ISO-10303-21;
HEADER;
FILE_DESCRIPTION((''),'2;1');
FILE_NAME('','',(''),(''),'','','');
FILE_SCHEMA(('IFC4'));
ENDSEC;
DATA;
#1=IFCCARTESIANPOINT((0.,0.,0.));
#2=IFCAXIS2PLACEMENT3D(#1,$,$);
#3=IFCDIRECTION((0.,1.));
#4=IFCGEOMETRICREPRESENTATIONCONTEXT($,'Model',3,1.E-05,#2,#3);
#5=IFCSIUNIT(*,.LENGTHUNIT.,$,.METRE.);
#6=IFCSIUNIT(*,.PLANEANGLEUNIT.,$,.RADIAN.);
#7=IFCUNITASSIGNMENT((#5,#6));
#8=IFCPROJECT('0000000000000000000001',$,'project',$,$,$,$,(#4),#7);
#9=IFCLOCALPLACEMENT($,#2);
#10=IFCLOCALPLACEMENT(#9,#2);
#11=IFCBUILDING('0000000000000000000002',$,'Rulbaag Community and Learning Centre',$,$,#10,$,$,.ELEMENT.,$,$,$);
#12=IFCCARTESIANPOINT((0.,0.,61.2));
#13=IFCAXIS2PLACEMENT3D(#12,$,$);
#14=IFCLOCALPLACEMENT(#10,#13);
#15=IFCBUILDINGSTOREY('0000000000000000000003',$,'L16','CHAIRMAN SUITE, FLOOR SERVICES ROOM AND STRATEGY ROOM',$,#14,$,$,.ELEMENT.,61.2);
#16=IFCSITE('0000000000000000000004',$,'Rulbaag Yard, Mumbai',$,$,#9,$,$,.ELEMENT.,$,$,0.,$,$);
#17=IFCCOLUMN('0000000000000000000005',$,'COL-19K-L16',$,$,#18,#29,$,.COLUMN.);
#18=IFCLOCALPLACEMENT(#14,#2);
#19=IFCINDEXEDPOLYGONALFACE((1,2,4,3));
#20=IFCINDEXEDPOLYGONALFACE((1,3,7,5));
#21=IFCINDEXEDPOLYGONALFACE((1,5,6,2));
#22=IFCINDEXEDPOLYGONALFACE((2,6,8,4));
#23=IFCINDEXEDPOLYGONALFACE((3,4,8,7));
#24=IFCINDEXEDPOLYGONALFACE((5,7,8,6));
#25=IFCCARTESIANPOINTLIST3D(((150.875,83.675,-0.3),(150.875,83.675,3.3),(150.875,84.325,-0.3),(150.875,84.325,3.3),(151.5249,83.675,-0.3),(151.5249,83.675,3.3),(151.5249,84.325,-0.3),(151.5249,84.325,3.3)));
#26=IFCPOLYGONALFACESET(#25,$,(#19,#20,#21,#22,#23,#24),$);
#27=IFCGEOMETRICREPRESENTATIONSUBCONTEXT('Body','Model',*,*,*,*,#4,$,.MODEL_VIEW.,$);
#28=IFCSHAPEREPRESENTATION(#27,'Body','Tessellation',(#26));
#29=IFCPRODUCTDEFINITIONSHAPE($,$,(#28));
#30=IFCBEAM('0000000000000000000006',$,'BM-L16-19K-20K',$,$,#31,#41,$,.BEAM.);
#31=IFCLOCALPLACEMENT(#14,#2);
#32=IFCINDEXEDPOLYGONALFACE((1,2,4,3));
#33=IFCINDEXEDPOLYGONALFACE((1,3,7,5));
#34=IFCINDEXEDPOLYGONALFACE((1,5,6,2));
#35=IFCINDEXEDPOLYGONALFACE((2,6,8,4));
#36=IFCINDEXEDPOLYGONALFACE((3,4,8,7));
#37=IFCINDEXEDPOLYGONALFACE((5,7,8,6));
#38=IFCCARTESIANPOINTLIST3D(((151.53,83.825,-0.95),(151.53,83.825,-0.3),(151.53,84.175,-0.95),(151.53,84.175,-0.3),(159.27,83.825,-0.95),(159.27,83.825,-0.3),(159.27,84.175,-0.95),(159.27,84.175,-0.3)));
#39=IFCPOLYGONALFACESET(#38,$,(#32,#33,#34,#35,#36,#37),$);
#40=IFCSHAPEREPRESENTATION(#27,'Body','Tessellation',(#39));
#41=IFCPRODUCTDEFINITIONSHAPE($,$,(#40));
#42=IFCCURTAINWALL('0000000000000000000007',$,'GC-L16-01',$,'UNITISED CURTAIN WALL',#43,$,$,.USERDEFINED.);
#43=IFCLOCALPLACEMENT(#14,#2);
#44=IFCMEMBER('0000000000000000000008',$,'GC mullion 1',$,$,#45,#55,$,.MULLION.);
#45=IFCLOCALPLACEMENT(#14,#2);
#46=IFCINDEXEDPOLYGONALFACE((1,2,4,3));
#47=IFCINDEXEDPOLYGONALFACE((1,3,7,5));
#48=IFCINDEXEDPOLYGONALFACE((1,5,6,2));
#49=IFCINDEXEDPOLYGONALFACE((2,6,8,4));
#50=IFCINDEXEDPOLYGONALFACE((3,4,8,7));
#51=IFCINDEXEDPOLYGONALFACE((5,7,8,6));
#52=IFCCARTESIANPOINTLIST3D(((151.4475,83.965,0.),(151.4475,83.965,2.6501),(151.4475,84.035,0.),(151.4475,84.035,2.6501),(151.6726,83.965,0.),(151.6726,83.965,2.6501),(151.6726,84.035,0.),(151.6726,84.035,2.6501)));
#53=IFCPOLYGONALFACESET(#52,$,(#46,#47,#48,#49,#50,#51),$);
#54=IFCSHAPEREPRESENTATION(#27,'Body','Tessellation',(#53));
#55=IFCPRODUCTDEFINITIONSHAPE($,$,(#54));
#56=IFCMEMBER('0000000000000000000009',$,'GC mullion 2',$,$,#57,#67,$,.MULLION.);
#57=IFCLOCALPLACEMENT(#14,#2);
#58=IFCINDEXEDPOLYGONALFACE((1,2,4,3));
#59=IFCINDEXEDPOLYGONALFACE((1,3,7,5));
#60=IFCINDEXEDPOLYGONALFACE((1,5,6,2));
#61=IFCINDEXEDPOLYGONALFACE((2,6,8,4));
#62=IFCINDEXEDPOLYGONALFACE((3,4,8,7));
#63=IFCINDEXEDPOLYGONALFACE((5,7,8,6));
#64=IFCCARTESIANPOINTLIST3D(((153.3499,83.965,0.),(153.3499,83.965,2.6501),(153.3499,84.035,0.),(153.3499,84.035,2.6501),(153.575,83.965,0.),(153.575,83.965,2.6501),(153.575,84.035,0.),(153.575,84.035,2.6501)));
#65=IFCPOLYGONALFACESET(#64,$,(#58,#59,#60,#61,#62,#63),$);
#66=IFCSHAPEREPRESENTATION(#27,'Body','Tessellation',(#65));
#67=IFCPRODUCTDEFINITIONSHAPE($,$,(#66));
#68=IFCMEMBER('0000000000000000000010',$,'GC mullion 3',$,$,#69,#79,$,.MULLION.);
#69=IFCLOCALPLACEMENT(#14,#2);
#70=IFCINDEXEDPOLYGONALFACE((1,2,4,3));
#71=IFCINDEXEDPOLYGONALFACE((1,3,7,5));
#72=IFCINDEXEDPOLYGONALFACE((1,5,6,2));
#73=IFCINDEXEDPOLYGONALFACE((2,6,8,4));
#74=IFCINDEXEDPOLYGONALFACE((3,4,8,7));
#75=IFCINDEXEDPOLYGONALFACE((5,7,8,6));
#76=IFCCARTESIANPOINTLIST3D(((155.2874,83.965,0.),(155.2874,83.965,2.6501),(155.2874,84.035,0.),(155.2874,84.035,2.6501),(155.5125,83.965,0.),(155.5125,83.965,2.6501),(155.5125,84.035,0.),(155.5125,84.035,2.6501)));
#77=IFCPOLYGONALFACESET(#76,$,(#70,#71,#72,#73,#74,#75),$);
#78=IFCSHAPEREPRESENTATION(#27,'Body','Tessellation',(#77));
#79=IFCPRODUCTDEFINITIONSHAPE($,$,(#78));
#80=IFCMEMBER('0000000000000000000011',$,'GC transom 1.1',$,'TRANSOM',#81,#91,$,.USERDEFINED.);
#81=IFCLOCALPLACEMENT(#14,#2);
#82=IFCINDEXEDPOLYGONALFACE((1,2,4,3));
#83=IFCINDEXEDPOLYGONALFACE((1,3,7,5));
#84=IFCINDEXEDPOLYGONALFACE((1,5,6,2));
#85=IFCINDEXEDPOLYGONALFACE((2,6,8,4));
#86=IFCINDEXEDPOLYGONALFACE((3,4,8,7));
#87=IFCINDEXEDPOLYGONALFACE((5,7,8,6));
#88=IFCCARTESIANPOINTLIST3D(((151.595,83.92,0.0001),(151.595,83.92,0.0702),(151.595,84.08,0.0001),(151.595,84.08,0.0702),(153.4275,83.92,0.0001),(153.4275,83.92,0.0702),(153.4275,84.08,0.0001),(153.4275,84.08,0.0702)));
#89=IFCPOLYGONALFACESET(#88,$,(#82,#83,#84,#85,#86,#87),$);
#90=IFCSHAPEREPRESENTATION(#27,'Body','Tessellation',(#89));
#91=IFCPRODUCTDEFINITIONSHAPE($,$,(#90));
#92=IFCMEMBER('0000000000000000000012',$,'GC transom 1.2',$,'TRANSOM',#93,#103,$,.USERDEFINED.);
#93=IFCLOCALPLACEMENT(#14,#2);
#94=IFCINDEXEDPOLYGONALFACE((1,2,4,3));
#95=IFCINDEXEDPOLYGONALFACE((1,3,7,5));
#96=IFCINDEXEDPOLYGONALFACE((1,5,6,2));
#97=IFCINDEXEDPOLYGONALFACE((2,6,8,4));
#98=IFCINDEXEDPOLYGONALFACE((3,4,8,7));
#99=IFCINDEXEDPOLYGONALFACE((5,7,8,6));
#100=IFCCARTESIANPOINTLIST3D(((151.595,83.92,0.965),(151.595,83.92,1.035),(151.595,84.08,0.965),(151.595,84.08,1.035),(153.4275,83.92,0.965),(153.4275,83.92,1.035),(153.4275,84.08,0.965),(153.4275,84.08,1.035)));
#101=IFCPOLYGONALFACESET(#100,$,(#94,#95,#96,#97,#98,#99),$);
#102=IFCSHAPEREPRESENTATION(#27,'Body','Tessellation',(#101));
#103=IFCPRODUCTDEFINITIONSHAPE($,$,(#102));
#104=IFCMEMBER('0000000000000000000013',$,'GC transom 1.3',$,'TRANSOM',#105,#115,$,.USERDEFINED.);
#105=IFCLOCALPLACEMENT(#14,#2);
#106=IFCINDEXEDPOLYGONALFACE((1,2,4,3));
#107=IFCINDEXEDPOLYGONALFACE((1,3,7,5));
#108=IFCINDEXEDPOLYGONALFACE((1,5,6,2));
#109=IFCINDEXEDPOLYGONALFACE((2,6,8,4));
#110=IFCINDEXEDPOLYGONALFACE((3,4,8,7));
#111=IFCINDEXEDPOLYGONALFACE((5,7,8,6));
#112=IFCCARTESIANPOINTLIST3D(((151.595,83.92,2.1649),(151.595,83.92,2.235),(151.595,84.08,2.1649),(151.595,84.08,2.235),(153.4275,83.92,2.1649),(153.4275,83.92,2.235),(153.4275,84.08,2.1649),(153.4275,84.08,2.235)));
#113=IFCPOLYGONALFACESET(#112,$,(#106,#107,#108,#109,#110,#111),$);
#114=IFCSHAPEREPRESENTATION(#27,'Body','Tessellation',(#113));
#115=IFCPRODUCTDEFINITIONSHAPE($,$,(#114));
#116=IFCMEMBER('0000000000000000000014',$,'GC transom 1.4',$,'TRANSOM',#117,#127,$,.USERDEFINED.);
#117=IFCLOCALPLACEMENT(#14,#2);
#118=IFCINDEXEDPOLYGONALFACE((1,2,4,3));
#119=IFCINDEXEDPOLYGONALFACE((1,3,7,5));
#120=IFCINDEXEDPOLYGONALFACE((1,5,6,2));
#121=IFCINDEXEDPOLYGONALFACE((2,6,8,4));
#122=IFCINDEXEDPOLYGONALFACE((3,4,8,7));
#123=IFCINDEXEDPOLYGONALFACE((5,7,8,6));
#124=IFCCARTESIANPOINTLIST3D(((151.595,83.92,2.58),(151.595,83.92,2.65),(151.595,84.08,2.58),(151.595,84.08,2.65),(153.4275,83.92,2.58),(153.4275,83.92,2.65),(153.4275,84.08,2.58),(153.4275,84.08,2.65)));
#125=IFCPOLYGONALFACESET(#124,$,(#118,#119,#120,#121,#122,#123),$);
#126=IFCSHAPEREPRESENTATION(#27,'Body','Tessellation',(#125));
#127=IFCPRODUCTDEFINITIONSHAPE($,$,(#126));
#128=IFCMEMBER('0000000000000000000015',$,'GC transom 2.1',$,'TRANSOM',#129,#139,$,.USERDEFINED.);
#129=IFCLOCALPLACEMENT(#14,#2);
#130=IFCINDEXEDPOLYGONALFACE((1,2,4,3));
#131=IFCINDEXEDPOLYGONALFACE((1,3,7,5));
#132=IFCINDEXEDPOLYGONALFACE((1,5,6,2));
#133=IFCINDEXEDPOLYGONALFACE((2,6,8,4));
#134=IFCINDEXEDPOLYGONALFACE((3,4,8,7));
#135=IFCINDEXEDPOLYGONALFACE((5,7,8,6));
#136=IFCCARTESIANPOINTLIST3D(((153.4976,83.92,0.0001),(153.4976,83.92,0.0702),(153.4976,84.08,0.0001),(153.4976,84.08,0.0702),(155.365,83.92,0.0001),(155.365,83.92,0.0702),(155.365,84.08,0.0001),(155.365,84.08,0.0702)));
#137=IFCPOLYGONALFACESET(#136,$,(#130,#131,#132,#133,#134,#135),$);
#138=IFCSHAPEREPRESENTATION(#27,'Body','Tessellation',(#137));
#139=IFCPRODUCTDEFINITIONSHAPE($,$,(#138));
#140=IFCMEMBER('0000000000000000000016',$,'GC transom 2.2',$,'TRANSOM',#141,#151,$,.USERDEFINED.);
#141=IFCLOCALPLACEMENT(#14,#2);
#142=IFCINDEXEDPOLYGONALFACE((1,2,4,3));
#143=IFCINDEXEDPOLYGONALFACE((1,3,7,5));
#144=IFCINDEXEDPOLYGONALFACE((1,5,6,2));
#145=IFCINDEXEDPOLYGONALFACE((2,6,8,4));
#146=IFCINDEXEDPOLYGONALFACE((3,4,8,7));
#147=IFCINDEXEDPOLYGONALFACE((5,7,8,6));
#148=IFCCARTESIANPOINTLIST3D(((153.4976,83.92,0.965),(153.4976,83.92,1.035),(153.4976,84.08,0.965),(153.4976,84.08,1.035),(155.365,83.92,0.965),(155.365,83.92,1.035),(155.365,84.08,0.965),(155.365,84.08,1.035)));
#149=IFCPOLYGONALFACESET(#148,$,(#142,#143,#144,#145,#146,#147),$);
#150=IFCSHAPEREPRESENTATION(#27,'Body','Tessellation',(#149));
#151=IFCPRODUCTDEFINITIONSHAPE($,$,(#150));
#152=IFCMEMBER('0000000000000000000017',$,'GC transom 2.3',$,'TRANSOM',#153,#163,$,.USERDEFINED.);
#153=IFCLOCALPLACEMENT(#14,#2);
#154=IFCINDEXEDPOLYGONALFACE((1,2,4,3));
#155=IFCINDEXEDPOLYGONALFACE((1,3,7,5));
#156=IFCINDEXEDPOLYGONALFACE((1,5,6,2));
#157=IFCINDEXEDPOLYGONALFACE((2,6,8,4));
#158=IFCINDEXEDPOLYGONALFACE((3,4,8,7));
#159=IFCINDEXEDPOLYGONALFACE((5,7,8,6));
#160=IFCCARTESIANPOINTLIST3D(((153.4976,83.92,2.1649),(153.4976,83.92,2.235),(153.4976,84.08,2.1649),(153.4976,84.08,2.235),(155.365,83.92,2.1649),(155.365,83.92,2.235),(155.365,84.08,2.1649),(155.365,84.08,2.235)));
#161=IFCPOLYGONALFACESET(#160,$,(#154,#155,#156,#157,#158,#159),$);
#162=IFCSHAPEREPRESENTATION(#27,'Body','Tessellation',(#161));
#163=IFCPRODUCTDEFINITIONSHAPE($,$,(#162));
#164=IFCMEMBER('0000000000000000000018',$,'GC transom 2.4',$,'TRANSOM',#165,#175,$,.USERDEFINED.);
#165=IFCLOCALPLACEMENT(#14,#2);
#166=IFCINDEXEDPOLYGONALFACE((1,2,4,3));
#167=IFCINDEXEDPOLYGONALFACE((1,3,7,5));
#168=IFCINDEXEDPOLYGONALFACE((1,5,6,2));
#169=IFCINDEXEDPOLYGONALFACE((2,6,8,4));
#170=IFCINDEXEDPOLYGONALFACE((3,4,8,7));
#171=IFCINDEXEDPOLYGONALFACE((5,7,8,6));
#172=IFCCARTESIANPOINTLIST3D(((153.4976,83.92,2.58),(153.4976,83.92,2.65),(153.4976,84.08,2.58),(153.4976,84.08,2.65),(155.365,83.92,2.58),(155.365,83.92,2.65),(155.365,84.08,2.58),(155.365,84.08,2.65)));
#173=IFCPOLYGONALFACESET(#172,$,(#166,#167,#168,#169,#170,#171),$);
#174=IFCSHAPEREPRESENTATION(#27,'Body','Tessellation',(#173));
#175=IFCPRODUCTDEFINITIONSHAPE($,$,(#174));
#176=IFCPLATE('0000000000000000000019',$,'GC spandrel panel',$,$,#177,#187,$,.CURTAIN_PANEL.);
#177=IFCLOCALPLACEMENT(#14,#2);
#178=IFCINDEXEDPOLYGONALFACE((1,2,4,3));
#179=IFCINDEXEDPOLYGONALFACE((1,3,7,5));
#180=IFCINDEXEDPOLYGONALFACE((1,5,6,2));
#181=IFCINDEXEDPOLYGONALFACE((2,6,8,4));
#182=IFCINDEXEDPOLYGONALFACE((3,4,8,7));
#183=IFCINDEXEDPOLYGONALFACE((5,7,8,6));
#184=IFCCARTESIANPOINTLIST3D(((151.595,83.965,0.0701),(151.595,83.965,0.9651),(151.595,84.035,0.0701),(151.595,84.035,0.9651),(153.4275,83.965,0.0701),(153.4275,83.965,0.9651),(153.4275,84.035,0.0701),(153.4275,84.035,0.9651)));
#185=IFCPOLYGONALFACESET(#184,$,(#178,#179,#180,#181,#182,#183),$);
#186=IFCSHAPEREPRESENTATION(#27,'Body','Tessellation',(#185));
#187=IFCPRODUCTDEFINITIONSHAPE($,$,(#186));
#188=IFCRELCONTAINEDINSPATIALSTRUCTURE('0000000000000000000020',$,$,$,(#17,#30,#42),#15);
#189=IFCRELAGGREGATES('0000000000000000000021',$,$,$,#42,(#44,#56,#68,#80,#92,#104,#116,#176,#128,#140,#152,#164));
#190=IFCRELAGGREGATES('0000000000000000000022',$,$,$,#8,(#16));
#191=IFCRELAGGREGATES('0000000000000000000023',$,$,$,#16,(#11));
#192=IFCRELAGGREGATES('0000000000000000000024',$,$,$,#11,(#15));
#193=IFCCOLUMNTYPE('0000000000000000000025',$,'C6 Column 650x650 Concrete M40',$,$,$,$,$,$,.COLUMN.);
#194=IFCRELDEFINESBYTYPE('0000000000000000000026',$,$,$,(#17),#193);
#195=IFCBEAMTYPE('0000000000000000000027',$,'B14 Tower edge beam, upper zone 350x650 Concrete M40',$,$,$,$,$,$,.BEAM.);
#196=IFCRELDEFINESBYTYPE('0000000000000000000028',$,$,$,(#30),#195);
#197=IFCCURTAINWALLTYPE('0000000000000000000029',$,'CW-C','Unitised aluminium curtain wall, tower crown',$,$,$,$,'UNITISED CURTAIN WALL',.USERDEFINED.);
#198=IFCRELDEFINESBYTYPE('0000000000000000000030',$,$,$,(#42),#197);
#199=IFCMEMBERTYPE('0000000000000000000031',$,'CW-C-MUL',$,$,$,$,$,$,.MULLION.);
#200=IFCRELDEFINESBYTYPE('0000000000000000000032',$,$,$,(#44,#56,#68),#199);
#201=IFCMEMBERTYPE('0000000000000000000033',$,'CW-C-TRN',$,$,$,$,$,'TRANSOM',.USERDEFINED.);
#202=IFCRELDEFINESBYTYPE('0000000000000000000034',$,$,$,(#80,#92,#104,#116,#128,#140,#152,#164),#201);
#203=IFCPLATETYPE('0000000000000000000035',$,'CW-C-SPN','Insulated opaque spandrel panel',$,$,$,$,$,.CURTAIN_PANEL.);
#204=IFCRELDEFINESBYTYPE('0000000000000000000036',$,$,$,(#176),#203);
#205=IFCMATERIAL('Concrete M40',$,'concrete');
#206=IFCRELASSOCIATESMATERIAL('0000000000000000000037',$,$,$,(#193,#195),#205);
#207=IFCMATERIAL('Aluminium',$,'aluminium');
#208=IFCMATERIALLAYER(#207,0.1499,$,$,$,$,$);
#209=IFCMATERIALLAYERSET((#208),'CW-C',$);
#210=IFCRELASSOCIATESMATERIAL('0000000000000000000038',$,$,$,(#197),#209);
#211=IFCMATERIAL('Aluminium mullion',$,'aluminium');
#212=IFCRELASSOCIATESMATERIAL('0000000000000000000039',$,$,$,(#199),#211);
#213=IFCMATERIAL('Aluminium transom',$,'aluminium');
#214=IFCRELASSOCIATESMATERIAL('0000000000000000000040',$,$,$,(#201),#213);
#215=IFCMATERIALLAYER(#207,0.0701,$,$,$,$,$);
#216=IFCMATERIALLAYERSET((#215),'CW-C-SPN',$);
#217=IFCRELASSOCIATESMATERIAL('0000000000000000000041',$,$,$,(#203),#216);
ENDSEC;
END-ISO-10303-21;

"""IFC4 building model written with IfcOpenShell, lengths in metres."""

from ifc_helpers import new_model, si_unit, direction, frame, origin, origin_2d, place, context, subcontext, project, spatial, rectangle, extrude, material, layer, layer_set, material_profile, profile_set, type_object, element, aggregate, save


model = new_model("IFC4")

# Units and contexts
model_context = context("Model", 3, precision=1e-05, world=origin(), true_north=direction((0.0, 1.0)))
body_context = subcontext(model_context, "Body", "Model", "MODEL_VIEW")
ifc_project = project(units=[si_unit("LENGTHUNIT", "METRE"), si_unit("PLANEANGLEUNIT", "RADIAN")], contexts=[model_context])

# Site, building, storey
site_placement = place(None, origin())
site = spatial("IfcSite", under=ifc_project, at=site_placement, Name="Rulbaag Yard, Mumbai", CompositionType="ELEMENT", RefElevation=0.0)
building_placement = place(site_placement, origin())
building = spatial("IfcBuilding", under=site, at=building_placement, Name="Rulbaag Community and Learning Centre", CompositionType="ELEMENT")
storey_placement = place(building_placement, frame((0.0, 0.0, 61.2)))
storey = spatial("IfcBuildingStorey", under=building, at=storey_placement, Name="L16", Description="CHAIRMAN SUITE, FLOOR SERVICES ROOM AND STRATEGY ROOM", CompositionType="ELEMENT", Elevation=61.2)

# Column
ifc_material_1 = material(Name="Concrete M40", Category="concrete")
ifc_material_profile_1 = material_profile(ifc_material_1, rectangle(XDim=0.6499, YDim=0.6499, at=origin_2d()), Name="RC650x650")
ifc_profile_set_1 = profile_set([ifc_material_profile_1], Name="Concrete M40")
column_type = type_object("IfcColumnType", Name="C6 Column 650x650 Concrete M40", PredefinedType="COLUMN", material=ifc_profile_set_1)
column_placement = place(storey_placement, frame((151.2, 84.0, -0.3), z_axis=(0.0, 0.0, 1.0), x_axis=(1.0, 0.0, 0.0)))
element("IfcColumn", 1, at=column_placement, inside=storey, type_object=column_type, Name="COL-19K-L16", PredefinedType="COLUMN", context=body_context, shape_type="SweptSolid", body=[
    extrude(rectangle(XDim=0.6499, YDim=0.6499, at=origin_2d()), origin(), (0.0, 0.0, 1.0), 3.6001),
])

# Beam
ifc_material_profile_2 = material_profile(ifc_material_1, rectangle(XDim=0.3501, YDim=0.6499, at=origin_2d()), Name="RB350x650")
ifc_profile_set_2 = profile_set([ifc_material_profile_2], Name="Concrete M40")
beam_type = type_object("IfcBeamType", Name="B14 Tower edge beam, upper zone 350x650 Concrete M40", PredefinedType="BEAM", material=ifc_profile_set_2)
beam_placement = place(storey_placement, frame((151.53, 84.0, -0.625), z_axis=(1.0, 0.0, 0.0), x_axis=(0.0, 1.0, 0.0)))
element("IfcBeam", 2, at=beam_placement, inside=storey, type_object=beam_type, Name="BM-L16-19K-20K", PredefinedType="BEAM", context=body_context, shape_type="SweptSolid", body=[
    extrude(rectangle(XDim=0.3501, YDim=0.6499, at=origin_2d()), origin(), (0.0, 0.0, 1.0), 7.74),
])

# Curtain wall, members, plate
ifc_material_2 = material(Name="Aluminium", Category="aluminium")
ifc_layer_1 = layer(ifc_material_2, 0.1499)
ifc_layer_set_1 = layer_set([ifc_layer_1], Name="CW-C")
curtain_wall_type = type_object("IfcCurtainWallType", Name="CW-C", Description="Unitised aluminium curtain wall, tower crown", ElementType="UNITISED CURTAIN WALL", PredefinedType="USERDEFINED", material=ifc_layer_set_1)
curtain_wall_placement = place(storey_placement, origin())
curtain_wall = element("IfcCurtainWall", 3, at=curtain_wall_placement, inside=storey, type_object=curtain_wall_type, Name="GC-L16-01", ObjectType="UNITISED CURTAIN WALL", PredefinedType="USERDEFINED")
ifc_material_3 = material(Name="Aluminium mullion", Category="aluminium")
ifc_material_profile_3 = material_profile(ifc_material_3, rectangle(XDim=0.0701, YDim=0.2251, at=origin_2d()), Name="AL 70x225")
ifc_profile_set_3 = profile_set([ifc_material_profile_3], Name="Aluminium mullion")
member_type_1 = type_object("IfcMemberType", Name="CW-C-MUL", PredefinedType="MULLION", material=ifc_profile_set_3)
member_1_placement = place(storey_placement, frame((151.5601, 84.0, 0.0), z_axis=(0.0, 0.0, 1.0), x_axis=(0.0, 1.0, 0.0)))
member_1 = element("IfcMember", 4, at=member_1_placement, type_object=member_type_1, Name="GC mullion 1", PredefinedType="MULLION", context=body_context, shape_type="SweptSolid", body=[
    extrude(rectangle(XDim=0.0701, YDim=0.2251, at=origin_2d()), origin(), (0.0, 0.0, 1.0), 2.6501),
])
member_2_placement = place(storey_placement, frame((153.4624, 84.0, 0.0), z_axis=(0.0, 0.0, 1.0), x_axis=(0.0, 1.0, 0.0)))
member_2 = element("IfcMember", 5, at=member_2_placement, type_object=member_type_1, Name="GC mullion 2", PredefinedType="MULLION", context=body_context, shape_type="SweptSolid", body=[
    extrude(rectangle(XDim=0.0701, YDim=0.2251, at=origin_2d()), origin(), (0.0, 0.0, 1.0), 2.6501),
])
member_3_placement = place(storey_placement, frame((155.3999, 84.0, 0.0), z_axis=(0.0, 0.0, 1.0), x_axis=(0.0, 1.0, 0.0)))
member_3 = element("IfcMember", 6, at=member_3_placement, type_object=member_type_1, Name="GC mullion 3", PredefinedType="MULLION", context=body_context, shape_type="SweptSolid", body=[
    extrude(rectangle(XDim=0.0701, YDim=0.2251, at=origin_2d()), origin(), (0.0, 0.0, 1.0), 2.6501),
])
ifc_material_4 = material(Name="Aluminium transom", Category="aluminium")
ifc_material_profile_4 = material_profile(ifc_material_4, rectangle(XDim=0.1599, YDim=0.0701, at=origin_2d()), Name="AL 70x160 T")
ifc_profile_set_4 = profile_set([ifc_material_profile_4], Name="Aluminium transom")
member_type_2 = type_object("IfcMemberType", Name="CW-C-TRN", ElementType="TRANSOM", PredefinedType="USERDEFINED", material=ifc_profile_set_4)
member_4_placement = place(storey_placement, frame((151.595, 84.0, 0.0352), z_axis=(1.0, 0.0, 0.0), x_axis=(0.0, 1.0, 0.0)))
member_4 = element("IfcMember", 7, at=member_4_placement, type_object=member_type_2, Name="GC transom 1.1", ObjectType="TRANSOM", PredefinedType="USERDEFINED", context=body_context, shape_type="SweptSolid", body=[
    extrude(rectangle(XDim=0.1599, YDim=0.0701, at=origin_2d()), origin(), (0.0, 0.0, 1.0), 1.8325),
])
member_5_placement = place(storey_placement, frame((151.595, 84.0, 1.0), z_axis=(1.0, 0.0, 0.0), x_axis=(0.0, 1.0, 0.0)))
member_5 = element("IfcMember", 8, at=member_5_placement, type_object=member_type_2, Name="GC transom 1.2", ObjectType="TRANSOM", PredefinedType="USERDEFINED", context=body_context, shape_type="SweptSolid", body=[
    extrude(rectangle(XDim=0.1599, YDim=0.0701, at=origin_2d()), origin(), (0.0, 0.0, 1.0), 1.8325),
])
member_6_placement = place(storey_placement, frame((151.595, 84.0, 2.2), z_axis=(1.0, 0.0, 0.0), x_axis=(0.0, 1.0, 0.0)))
member_6 = element("IfcMember", 9, at=member_6_placement, type_object=member_type_2, Name="GC transom 1.3", ObjectType="TRANSOM", PredefinedType="USERDEFINED", context=body_context, shape_type="SweptSolid", body=[
    extrude(rectangle(XDim=0.1599, YDim=0.0701, at=origin_2d()), origin(), (0.0, 0.0, 1.0), 1.8325),
])
member_7_placement = place(storey_placement, frame((151.595, 84.0, 2.615), z_axis=(1.0, 0.0, 0.0), x_axis=(0.0, 1.0, 0.0)))
member_7 = element("IfcMember", 10, at=member_7_placement, type_object=member_type_2, Name="GC transom 1.4", ObjectType="TRANSOM", PredefinedType="USERDEFINED", context=body_context, shape_type="SweptSolid", body=[
    extrude(rectangle(XDim=0.1599, YDim=0.0701, at=origin_2d()), origin(), (0.0, 0.0, 1.0), 1.8325),
])
member_8_placement = place(storey_placement, frame((153.4976, 84.0, 0.0352), z_axis=(1.0, 0.0, 0.0), x_axis=(0.0, 1.0, 0.0)))
member_8 = element("IfcMember", 11, at=member_8_placement, type_object=member_type_2, Name="GC transom 2.1", ObjectType="TRANSOM", PredefinedType="USERDEFINED", context=body_context, shape_type="SweptSolid", body=[
    extrude(rectangle(XDim=0.1599, YDim=0.0701, at=origin_2d()), origin(), (0.0, 0.0, 1.0), 1.8674),
])
member_9_placement = place(storey_placement, frame((153.4976, 84.0, 1.0), z_axis=(1.0, 0.0, 0.0), x_axis=(0.0, 1.0, 0.0)))
member_9 = element("IfcMember", 12, at=member_9_placement, type_object=member_type_2, Name="GC transom 2.2", ObjectType="TRANSOM", PredefinedType="USERDEFINED", context=body_context, shape_type="SweptSolid", body=[
    extrude(rectangle(XDim=0.1599, YDim=0.0701, at=origin_2d()), origin(), (0.0, 0.0, 1.0), 1.8674),
])
member_10_placement = place(storey_placement, frame((153.4976, 84.0, 2.2), z_axis=(1.0, 0.0, 0.0), x_axis=(0.0, 1.0, 0.0)))
member_10 = element("IfcMember", 13, at=member_10_placement, type_object=member_type_2, Name="GC transom 2.3", ObjectType="TRANSOM", PredefinedType="USERDEFINED", context=body_context, shape_type="SweptSolid", body=[
    extrude(rectangle(XDim=0.1599, YDim=0.0701, at=origin_2d()), origin(), (0.0, 0.0, 1.0), 1.8674),
])
member_11_placement = place(storey_placement, frame((153.4976, 84.0, 2.615), z_axis=(1.0, 0.0, 0.0), x_axis=(0.0, 1.0, 0.0)))
member_11 = element("IfcMember", 14, at=member_11_placement, type_object=member_type_2, Name="GC transom 2.4", ObjectType="TRANSOM", PredefinedType="USERDEFINED", context=body_context, shape_type="SweptSolid", body=[
    extrude(rectangle(XDim=0.1599, YDim=0.0701, at=origin_2d()), origin(), (0.0, 0.0, 1.0), 1.8674),
])
ifc_layer_2 = layer(ifc_material_2, 0.0701)
ifc_layer_set_2 = layer_set([ifc_layer_2], Name="CW-C-SPN")
plate_type_1 = type_object("IfcPlateType", Name="CW-C-SPN", Description="Insulated opaque spandrel panel", PredefinedType="CURTAIN_PANEL", material=ifc_layer_set_2)
plate_1_placement = place(storey_placement, frame((152.5112, 84.0, 0.0701), z_axis=(0.0, 0.0, 1.0), x_axis=(1.0, 0.0, 0.0)))
plate_1 = element("IfcPlate", 15, at=plate_1_placement, type_object=plate_type_1, Name="GC spandrel panel", PredefinedType="CURTAIN_PANEL", context=body_context, shape_type="SweptSolid", body=[
    extrude(rectangle(XDim=1.8325, YDim=0.0701, at=origin_2d()), origin(), (0.0, 0.0, 1.0), 0.895),
])
aggregate(curtain_wall, [member_1, member_2, member_3, member_4, member_5, member_6, member_7, plate_1, member_8, member_9, member_10, member_11])

save(model, "model.ifc")
